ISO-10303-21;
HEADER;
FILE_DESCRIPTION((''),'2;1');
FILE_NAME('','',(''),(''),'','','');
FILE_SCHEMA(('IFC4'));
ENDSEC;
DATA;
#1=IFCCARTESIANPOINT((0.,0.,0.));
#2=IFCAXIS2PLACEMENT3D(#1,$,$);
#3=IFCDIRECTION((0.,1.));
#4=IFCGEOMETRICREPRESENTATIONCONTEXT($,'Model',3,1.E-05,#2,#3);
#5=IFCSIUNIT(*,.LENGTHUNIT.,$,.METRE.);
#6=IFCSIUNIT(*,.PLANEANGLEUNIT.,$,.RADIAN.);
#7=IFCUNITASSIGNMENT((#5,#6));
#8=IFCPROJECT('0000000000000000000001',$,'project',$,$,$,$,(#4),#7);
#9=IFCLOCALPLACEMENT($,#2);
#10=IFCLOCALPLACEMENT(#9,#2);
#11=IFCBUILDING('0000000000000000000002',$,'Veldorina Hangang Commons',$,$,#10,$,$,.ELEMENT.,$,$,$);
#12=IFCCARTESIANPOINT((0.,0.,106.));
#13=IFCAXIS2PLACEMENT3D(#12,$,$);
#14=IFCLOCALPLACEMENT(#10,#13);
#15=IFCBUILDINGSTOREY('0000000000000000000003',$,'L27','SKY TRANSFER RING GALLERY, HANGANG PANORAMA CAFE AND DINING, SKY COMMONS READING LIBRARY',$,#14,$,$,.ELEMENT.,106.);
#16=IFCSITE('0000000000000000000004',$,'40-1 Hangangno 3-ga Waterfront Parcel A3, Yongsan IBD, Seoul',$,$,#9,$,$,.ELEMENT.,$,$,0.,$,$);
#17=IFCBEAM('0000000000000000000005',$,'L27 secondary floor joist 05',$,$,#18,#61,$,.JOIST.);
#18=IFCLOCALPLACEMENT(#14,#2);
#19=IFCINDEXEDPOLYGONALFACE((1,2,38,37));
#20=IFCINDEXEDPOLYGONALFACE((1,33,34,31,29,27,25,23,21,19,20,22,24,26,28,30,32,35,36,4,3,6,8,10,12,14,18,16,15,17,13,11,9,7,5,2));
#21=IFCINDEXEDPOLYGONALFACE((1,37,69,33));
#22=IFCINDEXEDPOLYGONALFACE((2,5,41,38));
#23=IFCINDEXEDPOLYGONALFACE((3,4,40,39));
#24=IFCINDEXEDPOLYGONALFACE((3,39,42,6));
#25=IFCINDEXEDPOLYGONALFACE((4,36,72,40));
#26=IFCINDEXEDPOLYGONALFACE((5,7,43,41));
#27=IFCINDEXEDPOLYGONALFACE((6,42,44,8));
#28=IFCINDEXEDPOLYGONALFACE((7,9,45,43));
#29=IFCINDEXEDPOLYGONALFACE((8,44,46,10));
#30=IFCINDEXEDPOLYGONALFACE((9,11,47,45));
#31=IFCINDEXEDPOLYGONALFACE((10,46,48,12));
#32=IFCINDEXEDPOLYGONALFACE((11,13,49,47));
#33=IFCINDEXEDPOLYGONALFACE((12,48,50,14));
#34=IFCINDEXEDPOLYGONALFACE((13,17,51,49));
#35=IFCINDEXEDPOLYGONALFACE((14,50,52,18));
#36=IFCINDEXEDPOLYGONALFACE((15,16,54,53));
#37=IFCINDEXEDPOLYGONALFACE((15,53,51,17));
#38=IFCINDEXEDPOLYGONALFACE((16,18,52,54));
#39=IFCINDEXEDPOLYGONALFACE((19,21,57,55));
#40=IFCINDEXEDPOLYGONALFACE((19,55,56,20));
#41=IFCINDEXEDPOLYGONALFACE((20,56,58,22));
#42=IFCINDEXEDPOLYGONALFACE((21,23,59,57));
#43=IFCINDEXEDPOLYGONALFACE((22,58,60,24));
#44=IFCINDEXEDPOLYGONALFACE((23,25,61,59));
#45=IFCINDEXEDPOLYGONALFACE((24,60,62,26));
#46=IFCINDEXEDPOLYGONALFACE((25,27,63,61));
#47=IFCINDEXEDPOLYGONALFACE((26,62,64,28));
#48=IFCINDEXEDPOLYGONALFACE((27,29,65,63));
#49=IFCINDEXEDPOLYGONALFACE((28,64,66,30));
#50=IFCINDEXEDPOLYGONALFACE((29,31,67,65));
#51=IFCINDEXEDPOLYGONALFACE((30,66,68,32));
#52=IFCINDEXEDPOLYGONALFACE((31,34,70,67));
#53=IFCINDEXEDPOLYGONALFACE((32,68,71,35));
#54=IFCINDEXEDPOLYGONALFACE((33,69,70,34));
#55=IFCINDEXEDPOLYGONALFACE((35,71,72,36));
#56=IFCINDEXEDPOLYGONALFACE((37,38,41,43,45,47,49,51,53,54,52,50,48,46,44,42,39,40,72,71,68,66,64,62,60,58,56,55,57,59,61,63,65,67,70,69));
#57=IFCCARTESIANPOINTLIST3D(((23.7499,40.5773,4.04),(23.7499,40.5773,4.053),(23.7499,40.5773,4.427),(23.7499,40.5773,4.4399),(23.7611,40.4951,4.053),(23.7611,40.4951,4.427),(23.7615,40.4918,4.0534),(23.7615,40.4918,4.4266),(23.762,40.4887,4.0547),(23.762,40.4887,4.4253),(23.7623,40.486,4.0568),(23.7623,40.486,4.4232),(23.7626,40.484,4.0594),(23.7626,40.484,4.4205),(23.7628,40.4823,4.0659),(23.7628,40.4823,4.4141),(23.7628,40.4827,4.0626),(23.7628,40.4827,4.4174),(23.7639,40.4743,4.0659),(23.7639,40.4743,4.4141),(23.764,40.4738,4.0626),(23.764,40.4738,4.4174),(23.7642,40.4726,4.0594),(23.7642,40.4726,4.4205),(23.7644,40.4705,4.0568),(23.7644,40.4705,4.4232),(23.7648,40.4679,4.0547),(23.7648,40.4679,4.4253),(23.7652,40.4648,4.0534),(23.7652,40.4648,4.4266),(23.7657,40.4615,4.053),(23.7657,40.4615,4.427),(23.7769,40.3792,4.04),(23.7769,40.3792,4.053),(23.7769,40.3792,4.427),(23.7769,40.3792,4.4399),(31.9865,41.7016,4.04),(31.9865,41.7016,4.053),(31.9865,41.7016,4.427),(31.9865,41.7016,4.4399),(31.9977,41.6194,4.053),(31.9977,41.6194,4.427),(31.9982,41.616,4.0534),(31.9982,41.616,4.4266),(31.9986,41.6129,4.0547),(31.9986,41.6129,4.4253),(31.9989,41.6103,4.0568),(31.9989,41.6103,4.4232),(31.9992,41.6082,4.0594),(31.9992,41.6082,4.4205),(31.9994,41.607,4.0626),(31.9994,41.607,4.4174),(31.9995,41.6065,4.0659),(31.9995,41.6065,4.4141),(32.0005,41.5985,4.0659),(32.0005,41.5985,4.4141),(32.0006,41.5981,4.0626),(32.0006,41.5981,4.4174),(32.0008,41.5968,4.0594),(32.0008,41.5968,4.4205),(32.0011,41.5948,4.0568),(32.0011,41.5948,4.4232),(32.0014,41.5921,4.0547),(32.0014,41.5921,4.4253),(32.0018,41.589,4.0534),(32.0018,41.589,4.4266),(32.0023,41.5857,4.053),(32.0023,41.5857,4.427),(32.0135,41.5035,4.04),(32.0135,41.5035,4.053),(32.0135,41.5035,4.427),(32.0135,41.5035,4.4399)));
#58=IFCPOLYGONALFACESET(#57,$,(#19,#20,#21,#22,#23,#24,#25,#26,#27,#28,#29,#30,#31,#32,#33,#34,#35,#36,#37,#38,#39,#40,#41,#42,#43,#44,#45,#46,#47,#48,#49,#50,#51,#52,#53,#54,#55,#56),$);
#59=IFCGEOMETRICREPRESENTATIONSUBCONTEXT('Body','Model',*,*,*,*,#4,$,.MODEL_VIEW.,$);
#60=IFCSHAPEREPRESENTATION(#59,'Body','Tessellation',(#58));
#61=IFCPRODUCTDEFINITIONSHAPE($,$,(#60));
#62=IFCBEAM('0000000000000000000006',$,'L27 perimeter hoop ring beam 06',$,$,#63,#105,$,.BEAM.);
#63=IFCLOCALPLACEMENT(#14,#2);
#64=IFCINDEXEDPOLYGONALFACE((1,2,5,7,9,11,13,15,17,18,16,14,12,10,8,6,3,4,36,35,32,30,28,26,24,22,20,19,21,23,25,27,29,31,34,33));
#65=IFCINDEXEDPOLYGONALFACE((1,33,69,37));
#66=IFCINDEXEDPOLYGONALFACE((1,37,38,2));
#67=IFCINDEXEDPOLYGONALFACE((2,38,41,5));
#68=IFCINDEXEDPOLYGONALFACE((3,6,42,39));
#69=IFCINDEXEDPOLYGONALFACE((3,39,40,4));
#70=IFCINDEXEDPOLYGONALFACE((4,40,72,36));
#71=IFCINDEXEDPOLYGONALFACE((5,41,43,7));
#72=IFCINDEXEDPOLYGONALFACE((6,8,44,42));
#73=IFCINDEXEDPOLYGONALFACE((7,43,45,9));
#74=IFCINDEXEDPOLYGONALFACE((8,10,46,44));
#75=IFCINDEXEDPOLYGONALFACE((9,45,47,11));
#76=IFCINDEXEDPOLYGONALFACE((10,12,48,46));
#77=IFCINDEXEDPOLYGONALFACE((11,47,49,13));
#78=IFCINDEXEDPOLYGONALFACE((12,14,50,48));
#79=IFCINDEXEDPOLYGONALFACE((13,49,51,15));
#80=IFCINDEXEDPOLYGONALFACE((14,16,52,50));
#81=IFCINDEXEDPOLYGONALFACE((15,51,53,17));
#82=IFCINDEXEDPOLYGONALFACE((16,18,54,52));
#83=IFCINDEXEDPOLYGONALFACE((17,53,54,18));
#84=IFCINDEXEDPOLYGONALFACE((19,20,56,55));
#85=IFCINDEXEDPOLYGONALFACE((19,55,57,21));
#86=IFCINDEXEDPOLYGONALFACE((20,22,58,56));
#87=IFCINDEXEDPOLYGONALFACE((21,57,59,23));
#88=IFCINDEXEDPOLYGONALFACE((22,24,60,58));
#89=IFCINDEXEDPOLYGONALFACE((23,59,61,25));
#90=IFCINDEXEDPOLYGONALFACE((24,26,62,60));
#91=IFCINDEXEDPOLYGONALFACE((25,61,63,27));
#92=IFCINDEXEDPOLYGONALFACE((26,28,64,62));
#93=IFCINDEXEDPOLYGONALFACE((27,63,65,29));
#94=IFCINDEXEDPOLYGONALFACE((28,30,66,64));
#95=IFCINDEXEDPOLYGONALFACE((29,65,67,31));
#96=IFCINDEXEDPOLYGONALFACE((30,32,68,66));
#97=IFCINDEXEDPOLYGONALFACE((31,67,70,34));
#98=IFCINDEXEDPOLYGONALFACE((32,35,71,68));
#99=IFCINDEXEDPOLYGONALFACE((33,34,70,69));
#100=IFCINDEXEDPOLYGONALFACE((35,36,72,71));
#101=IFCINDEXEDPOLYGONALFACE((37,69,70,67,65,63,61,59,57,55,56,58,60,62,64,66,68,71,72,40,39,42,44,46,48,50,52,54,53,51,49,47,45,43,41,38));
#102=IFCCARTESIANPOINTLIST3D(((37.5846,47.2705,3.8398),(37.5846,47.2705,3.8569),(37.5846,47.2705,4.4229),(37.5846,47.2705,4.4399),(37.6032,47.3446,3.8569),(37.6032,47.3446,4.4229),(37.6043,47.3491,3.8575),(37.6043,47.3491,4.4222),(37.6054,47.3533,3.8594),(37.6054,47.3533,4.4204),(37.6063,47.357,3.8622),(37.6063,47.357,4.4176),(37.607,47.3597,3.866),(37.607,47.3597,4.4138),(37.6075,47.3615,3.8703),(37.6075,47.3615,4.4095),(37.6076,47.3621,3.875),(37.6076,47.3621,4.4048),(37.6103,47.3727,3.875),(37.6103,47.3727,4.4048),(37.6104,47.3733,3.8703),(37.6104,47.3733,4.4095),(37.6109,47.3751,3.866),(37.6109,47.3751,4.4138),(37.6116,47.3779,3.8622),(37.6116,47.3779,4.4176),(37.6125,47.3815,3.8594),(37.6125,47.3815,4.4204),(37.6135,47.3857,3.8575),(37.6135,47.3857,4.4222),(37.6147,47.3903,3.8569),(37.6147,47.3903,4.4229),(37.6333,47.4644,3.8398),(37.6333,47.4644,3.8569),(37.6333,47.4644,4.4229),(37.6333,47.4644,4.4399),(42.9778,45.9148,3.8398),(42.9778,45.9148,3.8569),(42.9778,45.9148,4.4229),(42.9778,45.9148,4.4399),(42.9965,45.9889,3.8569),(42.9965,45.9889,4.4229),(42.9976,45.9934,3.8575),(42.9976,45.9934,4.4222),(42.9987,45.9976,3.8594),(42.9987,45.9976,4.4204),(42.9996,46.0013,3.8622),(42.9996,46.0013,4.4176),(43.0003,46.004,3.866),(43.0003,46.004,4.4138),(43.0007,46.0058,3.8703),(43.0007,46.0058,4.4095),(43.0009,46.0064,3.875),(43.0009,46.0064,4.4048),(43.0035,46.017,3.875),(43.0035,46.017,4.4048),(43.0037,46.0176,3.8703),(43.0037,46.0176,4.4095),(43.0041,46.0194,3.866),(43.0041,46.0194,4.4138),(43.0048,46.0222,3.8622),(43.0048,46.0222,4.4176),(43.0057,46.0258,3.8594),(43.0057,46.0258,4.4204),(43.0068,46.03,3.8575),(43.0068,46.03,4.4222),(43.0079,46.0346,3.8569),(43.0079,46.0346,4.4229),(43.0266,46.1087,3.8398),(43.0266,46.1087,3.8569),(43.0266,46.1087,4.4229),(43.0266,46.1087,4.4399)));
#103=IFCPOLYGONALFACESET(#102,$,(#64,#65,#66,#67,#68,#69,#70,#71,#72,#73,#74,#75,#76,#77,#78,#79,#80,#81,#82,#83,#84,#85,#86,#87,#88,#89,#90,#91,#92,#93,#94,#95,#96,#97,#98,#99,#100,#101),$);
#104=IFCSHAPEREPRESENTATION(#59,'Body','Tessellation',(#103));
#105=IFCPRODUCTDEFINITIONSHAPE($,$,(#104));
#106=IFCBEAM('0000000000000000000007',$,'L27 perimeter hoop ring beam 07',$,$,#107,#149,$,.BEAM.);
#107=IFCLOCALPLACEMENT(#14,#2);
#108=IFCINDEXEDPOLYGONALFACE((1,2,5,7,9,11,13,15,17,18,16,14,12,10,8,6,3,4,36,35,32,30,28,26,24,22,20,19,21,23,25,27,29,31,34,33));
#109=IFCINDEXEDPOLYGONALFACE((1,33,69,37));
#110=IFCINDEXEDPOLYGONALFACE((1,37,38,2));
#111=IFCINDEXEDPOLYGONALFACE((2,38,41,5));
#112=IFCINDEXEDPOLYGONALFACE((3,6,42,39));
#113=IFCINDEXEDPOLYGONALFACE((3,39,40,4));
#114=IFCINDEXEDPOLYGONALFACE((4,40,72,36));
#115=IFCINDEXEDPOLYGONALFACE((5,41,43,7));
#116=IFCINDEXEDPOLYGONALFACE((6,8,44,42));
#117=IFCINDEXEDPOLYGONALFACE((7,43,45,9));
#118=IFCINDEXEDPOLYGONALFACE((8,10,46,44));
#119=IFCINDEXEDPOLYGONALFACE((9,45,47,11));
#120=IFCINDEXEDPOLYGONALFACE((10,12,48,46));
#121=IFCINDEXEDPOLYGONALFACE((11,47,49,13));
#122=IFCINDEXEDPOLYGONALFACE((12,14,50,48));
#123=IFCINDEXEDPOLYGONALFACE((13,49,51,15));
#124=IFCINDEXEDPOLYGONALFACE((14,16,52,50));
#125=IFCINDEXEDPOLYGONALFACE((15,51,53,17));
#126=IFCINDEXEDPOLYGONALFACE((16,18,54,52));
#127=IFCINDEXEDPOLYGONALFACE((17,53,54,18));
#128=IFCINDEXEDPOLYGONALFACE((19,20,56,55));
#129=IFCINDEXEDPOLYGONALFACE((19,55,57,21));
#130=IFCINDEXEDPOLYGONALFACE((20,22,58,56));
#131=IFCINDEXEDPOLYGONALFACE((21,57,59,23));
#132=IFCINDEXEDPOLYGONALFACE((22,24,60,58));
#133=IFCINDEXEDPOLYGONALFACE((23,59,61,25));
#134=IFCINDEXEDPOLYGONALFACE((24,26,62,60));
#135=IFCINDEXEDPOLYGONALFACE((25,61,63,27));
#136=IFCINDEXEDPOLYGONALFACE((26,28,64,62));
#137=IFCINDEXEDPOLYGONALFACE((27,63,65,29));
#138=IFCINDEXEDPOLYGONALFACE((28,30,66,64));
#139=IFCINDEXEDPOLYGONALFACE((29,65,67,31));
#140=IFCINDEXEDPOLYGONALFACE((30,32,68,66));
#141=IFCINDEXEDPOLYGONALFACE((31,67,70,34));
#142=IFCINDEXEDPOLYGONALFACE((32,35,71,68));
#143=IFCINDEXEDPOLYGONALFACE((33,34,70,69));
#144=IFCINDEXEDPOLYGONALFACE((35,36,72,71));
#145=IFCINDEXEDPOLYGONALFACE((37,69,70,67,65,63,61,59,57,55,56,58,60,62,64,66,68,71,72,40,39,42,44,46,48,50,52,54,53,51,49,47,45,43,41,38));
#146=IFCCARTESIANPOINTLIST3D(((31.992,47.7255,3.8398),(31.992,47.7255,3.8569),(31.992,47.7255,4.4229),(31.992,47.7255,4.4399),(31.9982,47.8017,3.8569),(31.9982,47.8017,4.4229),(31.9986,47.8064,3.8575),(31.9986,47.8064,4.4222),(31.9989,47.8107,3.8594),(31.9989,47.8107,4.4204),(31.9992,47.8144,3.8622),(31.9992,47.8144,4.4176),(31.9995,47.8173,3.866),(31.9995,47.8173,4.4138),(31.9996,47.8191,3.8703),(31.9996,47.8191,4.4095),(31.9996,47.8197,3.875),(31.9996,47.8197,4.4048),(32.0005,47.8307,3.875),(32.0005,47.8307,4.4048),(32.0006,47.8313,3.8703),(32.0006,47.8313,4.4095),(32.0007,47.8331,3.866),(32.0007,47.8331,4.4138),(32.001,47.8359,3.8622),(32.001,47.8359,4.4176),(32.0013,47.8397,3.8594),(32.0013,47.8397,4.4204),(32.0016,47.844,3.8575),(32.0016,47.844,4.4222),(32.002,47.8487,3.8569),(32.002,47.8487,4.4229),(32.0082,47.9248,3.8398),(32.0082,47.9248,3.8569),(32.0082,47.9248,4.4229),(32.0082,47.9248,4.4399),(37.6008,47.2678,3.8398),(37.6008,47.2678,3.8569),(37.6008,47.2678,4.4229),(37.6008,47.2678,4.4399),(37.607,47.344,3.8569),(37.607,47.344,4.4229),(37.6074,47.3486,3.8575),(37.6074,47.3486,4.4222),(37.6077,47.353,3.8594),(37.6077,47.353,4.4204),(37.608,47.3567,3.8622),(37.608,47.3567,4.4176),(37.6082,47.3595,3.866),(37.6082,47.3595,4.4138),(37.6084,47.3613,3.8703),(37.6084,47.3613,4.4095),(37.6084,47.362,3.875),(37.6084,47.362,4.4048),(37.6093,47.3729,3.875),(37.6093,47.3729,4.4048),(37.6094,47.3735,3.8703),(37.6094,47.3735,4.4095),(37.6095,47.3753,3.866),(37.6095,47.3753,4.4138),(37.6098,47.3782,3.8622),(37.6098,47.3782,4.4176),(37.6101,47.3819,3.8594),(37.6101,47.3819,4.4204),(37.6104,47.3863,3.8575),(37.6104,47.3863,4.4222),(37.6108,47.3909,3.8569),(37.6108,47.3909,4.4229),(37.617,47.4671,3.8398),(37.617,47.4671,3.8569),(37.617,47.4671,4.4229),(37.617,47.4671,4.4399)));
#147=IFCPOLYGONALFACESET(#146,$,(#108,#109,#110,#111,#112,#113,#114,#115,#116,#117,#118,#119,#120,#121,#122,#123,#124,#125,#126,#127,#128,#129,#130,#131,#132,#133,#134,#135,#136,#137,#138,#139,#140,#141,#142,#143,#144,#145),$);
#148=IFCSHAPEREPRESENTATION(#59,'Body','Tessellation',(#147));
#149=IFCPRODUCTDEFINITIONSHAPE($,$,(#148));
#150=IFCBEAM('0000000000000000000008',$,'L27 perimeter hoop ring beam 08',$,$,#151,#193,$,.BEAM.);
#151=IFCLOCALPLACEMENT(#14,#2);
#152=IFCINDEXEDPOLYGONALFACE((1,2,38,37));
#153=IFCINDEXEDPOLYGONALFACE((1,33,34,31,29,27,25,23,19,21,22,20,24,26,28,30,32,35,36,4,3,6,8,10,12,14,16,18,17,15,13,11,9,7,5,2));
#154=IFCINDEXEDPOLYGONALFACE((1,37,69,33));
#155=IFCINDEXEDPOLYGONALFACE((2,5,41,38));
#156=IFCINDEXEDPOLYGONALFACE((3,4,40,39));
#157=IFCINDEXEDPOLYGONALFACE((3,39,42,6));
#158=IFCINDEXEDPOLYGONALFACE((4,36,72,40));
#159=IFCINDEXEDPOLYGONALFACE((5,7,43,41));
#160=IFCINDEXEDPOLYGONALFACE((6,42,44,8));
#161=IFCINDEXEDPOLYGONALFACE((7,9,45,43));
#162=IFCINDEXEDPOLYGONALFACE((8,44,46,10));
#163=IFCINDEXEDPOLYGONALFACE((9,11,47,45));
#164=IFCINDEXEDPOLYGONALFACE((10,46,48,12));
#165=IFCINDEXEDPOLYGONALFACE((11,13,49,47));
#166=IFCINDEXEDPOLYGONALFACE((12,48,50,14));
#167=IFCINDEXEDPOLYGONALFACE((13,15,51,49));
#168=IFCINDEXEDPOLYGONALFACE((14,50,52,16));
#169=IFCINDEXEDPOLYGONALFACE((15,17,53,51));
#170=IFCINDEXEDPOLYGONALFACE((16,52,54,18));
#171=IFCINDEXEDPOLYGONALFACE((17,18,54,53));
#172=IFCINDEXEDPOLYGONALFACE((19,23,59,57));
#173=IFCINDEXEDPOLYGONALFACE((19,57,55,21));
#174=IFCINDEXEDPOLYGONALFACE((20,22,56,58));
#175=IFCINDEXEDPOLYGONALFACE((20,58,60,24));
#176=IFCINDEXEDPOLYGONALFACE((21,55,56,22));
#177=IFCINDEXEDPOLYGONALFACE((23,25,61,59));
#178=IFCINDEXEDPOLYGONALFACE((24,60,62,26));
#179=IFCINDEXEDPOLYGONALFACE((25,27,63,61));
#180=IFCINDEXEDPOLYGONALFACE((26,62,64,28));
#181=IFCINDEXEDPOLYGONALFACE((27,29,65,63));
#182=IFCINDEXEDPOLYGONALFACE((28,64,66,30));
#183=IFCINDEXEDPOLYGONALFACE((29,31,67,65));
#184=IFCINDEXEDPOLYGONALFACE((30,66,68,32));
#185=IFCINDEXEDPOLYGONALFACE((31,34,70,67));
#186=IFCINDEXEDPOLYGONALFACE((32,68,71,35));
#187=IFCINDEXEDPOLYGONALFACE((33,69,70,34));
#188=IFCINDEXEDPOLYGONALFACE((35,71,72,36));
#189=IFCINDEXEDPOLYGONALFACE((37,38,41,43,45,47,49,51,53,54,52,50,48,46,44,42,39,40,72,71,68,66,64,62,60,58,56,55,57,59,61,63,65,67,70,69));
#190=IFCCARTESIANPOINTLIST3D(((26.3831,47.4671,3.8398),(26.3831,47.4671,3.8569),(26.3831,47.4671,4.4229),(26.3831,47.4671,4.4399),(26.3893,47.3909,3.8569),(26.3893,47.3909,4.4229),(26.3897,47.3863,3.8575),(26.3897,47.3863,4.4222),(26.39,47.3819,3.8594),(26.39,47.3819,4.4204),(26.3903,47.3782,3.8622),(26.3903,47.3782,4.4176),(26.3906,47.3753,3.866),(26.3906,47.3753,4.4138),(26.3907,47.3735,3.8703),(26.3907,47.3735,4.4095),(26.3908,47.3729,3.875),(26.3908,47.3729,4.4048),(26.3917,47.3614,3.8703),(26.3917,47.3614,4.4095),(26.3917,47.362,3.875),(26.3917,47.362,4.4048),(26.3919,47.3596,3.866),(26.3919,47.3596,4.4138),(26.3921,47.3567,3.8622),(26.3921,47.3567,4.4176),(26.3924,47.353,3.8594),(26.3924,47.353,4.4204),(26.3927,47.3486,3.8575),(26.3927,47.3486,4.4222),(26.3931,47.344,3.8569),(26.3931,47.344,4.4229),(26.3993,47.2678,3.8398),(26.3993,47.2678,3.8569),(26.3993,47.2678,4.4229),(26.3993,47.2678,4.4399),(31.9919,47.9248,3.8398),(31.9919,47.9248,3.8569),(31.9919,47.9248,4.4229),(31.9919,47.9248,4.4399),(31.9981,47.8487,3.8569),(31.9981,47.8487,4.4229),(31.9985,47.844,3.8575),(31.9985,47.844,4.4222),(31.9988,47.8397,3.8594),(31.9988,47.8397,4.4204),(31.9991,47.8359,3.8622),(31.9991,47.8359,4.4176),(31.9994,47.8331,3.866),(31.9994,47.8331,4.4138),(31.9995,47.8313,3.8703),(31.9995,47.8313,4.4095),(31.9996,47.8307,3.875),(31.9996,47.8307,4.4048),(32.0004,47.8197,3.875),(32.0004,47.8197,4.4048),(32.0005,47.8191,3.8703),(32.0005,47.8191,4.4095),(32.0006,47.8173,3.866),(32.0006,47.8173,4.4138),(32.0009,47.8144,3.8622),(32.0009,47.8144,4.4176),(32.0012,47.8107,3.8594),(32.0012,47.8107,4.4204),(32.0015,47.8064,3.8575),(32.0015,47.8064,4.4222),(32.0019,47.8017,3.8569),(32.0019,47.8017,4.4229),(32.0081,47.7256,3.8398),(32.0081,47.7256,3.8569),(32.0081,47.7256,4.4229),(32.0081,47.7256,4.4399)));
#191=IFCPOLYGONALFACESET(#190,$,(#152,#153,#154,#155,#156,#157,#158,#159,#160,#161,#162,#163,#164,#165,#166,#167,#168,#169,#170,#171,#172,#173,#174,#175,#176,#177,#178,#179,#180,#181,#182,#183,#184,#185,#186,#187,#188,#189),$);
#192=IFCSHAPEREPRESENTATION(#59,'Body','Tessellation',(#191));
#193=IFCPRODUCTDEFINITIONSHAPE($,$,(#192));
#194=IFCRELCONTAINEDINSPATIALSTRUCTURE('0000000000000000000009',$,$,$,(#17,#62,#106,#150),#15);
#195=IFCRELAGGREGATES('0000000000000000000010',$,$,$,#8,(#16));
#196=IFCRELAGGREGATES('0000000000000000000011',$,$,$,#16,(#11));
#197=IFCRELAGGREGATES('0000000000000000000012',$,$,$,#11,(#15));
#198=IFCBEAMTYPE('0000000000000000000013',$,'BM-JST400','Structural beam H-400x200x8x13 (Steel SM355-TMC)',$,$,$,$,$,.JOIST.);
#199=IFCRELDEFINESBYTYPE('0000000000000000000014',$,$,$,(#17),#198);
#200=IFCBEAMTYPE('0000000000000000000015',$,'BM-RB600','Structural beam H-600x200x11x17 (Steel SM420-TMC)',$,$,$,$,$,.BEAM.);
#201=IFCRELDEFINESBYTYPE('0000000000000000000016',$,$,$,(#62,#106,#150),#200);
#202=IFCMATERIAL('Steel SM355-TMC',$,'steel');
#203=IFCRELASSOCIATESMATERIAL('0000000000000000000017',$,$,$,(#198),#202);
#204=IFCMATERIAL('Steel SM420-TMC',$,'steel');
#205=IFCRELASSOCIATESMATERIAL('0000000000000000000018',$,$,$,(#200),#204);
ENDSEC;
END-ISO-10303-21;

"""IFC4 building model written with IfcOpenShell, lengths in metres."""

from ifc_helpers import new_model, si_unit, direction, frame, origin, origin_2d, place, context, subcontext, project, spatial, i_section, extrude, material, material_profile, profile_set, type_object, element, save


model = new_model("IFC4")

# Units and contexts
model_context = context("Model", 3, precision=1e-05, world=origin(), true_north=direction((0.0, 1.0)))
body_context = subcontext(model_context, "Body", "Model", "MODEL_VIEW")
ifc_project = project(units=[si_unit("LENGTHUNIT", "METRE"), si_unit("PLANEANGLEUNIT", "RADIAN")], contexts=[model_context])

# Site, building, storey
site_placement = place(None, origin())
site = spatial("IfcSite", under=ifc_project, at=site_placement, Name="40-1 Hangangno 3-ga Waterfront Parcel A3, Yongsan IBD, Seoul", CompositionType="ELEMENT", RefElevation=0.0)
building_placement = place(site_placement, origin())
building = spatial("IfcBuilding", under=site, at=building_placement, Name="Veldorina Hangang Commons", CompositionType="ELEMENT")
storey_placement = place(building_placement, frame((0.0, 0.0, 106.0)))
storey = spatial("IfcBuildingStorey", under=building, at=storey_placement, Name="L27", Description="SKY TRANSFER RING GALLERY, HANGANG PANORAMA CAFE AND DINING, SKY COMMONS READING LIBRARY", CompositionType="ELEMENT", Elevation=106.0)

# Beams
ifc_material_1 = material(Name="Steel SM355-TMC", Category="steel")
ifc_material_profile_1 = material_profile(ifc_material_1, i_section(OverallWidth=0.2, OverallDepth=0.3999, WebThickness=0.0081, FlangeThickness=0.0129, FilletRadius=0.0129, at=origin_2d()), Name="H-400x200x8x13")
ifc_profile_set_1 = profile_set([ifc_material_profile_1], Name="Steel SM355-TMC")
beam_type_1 = type_object("IfcBeamType", Name="BM-JST400", Description="Structural beam H-400x200x8x13 (Steel SM355-TMC)", PredefinedType="JOIST", material=ifc_profile_set_1)
beam_1_placement = place(storey_placement, frame((32.0, 41.6025, 4.24), z_axis=(-0.990812, -0.135243, 0.0), x_axis=(0.135243, -0.990812, 0.0)))
element("IfcBeam", 1, at=beam_1_placement, inside=storey, type_object=beam_type_1, Name="L27 secondary floor joist 05", PredefinedType="JOIST", context=body_context, shape_type="SweptSolid", body=[
    extrude(i_section(OverallWidth=0.2, OverallDepth=0.3999, WebThickness=0.0081, FlangeThickness=0.0129, FilletRadius=0.0129, at=origin_2d()), origin(), (0.0, 0.0, 1.0), 8.313),
])
ifc_material_2 = material(Name="Steel SM420-TMC", Category="steel")
ifc_material_profile_2 = material_profile(ifc_material_2, i_section(OverallWidth=0.2, OverallDepth=0.6001, WebThickness=0.011, FlangeThickness=0.0171, FilletRadius=0.0181, at=origin_2d()), Name="H-600x200x11x17")
ifc_profile_set_2 = profile_set([ifc_material_profile_2], Name="Steel SM420-TMC")
beam_type_2 = type_object("IfcBeamType", Name="BM-RB600", Description="Structural beam H-600x200x11x17 (Steel SM420-TMC)", PredefinedType="BEAM", material=ifc_profile_set_2)
beam_2_placement = place(storey_placement, frame((43.0022, 46.0117, 4.1399), z_axis=(-0.969829, 0.243785, 0.0), x_axis=(-0.243785, -0.969829, 0.0)))
element("IfcBeam", 2, at=beam_2_placement, inside=storey, type_object=beam_type_2, Name="L27 perimeter hoop ring beam 06", PredefinedType="BEAM", context=body_context, shape_type="SweptSolid", body=[
    extrude(i_section(OverallWidth=0.2, OverallDepth=0.6001, WebThickness=0.011, FlangeThickness=0.0171, FilletRadius=0.0181, at=origin_2d()), origin(), (0.0, 0.0, 1.0), 5.561),
])
for number, where, z_axis, x_axis, name in (
    (3, (37.6089, 47.3674, 4.1399), (-0.996686, 0.081344, 0.0), (-0.081344, -0.996686, 0.0), "L27 perimeter hoop ring beam 07"),
    (4, (32.0, 47.8252, 4.1399), (-0.996686, -0.081344, 0.0), (0.081344, -0.996686, 0.0), "L27 perimeter hoop ring beam 08"),
):
    element("IfcBeam", number, at=place(storey_placement, frame(where, z_axis=z_axis, x_axis=x_axis)), inside=storey, type_object=beam_type_2, Name=name, PredefinedType="BEAM", context=body_context, shape_type="SweptSolid", body=[
        extrude(i_section(OverallWidth=0.2, OverallDepth=0.6001, WebThickness=0.011, FlangeThickness=0.0171, FilletRadius=0.0181, at=origin_2d()), origin(), (0.0, 0.0, 1.0), 5.6274),
    ])

save(model, "model.ifc")
